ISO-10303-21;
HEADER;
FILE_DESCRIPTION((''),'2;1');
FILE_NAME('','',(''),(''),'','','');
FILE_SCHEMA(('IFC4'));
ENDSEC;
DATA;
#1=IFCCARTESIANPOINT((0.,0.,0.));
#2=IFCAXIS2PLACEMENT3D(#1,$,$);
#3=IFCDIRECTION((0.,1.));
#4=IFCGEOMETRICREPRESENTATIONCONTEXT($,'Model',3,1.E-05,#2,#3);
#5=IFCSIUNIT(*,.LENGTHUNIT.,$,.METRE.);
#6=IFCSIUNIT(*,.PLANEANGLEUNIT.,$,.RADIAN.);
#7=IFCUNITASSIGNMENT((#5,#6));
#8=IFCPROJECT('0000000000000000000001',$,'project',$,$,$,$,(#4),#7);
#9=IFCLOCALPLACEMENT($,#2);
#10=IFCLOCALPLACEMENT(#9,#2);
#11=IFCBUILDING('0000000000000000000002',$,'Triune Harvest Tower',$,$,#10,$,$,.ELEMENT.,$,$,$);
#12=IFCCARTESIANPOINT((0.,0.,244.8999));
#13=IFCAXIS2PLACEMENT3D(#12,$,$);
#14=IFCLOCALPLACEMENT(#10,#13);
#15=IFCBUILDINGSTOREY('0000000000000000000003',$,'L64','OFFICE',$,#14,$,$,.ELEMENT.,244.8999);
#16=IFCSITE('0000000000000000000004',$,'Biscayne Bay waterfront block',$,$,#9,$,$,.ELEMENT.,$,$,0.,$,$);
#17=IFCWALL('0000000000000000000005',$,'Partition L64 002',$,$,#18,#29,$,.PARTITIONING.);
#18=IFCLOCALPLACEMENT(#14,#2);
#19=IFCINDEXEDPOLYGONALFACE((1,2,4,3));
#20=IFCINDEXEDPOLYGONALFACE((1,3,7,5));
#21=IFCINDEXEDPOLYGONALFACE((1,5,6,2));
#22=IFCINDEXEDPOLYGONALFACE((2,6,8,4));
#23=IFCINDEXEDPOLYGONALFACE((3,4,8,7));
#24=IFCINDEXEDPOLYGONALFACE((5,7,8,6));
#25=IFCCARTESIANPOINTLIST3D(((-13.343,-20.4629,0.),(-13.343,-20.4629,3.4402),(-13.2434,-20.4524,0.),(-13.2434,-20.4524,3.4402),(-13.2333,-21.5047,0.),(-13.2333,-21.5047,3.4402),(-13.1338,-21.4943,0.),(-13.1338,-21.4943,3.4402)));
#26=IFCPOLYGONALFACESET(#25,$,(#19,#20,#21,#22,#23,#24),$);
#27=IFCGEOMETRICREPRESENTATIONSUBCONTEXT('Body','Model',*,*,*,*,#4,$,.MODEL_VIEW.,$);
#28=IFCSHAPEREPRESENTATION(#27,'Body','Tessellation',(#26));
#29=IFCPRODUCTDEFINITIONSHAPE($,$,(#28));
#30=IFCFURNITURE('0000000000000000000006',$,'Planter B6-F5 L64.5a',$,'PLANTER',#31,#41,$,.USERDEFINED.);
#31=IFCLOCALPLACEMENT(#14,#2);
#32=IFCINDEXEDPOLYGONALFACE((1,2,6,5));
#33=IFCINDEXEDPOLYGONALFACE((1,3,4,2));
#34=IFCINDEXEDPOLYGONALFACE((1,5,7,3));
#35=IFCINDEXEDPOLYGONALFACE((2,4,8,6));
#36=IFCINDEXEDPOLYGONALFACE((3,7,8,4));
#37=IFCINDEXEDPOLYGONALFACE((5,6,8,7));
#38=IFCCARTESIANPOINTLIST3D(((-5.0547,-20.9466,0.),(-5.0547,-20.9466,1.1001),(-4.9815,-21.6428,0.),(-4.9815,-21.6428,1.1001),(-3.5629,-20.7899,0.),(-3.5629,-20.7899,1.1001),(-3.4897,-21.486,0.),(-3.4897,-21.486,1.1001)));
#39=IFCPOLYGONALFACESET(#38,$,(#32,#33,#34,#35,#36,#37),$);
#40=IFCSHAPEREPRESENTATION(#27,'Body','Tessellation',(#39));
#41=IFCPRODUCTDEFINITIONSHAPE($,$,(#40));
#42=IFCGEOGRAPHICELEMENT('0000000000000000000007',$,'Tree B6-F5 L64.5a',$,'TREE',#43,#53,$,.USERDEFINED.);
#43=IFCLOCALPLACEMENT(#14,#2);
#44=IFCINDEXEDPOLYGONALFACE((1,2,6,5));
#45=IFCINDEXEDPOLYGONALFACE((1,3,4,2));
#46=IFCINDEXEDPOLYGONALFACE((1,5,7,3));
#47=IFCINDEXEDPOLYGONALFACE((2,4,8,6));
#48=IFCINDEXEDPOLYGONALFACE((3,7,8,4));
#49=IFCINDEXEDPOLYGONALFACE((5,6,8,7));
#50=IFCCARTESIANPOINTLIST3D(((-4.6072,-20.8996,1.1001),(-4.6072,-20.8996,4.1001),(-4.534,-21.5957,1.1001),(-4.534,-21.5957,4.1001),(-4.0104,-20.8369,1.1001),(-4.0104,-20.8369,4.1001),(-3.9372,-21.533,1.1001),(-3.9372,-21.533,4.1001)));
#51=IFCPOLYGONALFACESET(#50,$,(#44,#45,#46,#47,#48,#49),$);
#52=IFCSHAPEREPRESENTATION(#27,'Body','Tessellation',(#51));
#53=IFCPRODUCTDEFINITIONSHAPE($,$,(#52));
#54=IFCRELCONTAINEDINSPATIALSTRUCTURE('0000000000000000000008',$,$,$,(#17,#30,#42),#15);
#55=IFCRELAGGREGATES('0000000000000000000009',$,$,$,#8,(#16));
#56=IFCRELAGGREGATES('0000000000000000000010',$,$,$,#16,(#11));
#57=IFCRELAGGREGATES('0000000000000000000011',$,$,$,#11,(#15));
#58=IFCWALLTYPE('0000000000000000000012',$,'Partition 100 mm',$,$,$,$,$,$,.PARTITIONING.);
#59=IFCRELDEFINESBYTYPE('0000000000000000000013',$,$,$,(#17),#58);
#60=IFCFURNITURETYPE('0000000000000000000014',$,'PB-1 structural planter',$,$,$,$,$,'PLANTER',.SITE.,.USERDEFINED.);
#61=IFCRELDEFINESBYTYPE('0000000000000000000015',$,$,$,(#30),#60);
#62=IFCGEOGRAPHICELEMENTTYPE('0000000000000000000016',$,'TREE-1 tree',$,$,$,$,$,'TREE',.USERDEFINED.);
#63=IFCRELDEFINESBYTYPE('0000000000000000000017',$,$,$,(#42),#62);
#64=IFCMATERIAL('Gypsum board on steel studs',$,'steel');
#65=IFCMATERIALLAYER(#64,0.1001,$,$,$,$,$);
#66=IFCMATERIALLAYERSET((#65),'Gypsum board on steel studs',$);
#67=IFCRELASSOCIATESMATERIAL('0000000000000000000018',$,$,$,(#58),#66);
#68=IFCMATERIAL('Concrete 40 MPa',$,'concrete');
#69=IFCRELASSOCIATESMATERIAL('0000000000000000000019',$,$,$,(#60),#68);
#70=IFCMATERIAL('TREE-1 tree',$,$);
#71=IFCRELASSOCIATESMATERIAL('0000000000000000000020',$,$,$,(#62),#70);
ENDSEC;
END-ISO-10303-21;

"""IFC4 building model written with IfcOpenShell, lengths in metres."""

from ifc_helpers import new_model, si_unit, direction, frame, frame_2d, origin, origin_2d, place, context, subcontext, project, spatial, rectangle, extrude, source, transform, mapped, material, layer, layer_set, type_object, element, save


model = new_model("IFC4")

# Units and contexts
model_context = context("Model", 3, precision=1e-05, world=origin(), true_north=direction((0.0, 1.0)))
body_context = subcontext(model_context, "Body", "Model", "MODEL_VIEW")
ifc_project = project(units=[si_unit("LENGTHUNIT", "METRE"), si_unit("PLANEANGLEUNIT", "RADIAN")], contexts=[model_context])

# Site, building, storey
site_placement = place(None, origin())
site = spatial("IfcSite", under=ifc_project, at=site_placement, Name="Biscayne Bay waterfront block", CompositionType="ELEMENT", RefElevation=0.0)
building_placement = place(site_placement, origin())
building = spatial("IfcBuilding", under=site, at=building_placement, Name="Triune Harvest Tower", CompositionType="ELEMENT")
storey_placement = place(building_placement, frame((0.0, 0.0, 244.8999)))
storey = spatial("IfcBuildingStorey", under=building, at=storey_placement, Name="L64", Description="OFFICE", CompositionType="ELEMENT", Elevation=244.8999)

# Wall
ifc_material_1 = material(Name="Gypsum board on steel studs", Category="steel")
ifc_layer_1 = layer(ifc_material_1, 0.1001)
ifc_layer_set_1 = layer_set([ifc_layer_1], Name="Gypsum board on steel studs")
wall_type_1 = type_object("IfcWallType", Name="Partition 100 mm", PredefinedType="PARTITIONING", material=ifc_layer_set_1)
shared_shape_1 = source(origin(), body_context, "Body", "SweptSolid", [
    extrude(rectangle(XDim=1.0476, YDim=0.1001, at=frame_2d((0.5239, 0.0))), origin(), (0.0, 0.0, 1.0), 3.4402),
])
wall_1_placement = place(storey_placement, frame((-13.2932, -20.4575, 0.0), z_axis=(0.0, 0.0, 1.0), x_axis=(0.104648, -0.994509, 0.0)))
element("IfcWall", 1, at=wall_1_placement, inside=storey, type_object=wall_type_1, Name="Partition L64 002", PredefinedType="PARTITIONING", context=body_context, shape_type="MappedRepresentation", body=[
    mapped(shared_shape_1, transform((0.0, 0.0, 0.0), scale=1.0)),
])

# Furniture
ifc_material_2 = material(Name="Concrete 40 MPa", Category="concrete")
furniture_type = type_object("IfcFurnitureType", Name="PB-1 structural planter", ElementType="PLANTER", AssemblyPlace="SITE", PredefinedType="USERDEFINED", material=ifc_material_2)
shared_shape_2 = source(origin(), body_context, "Body", "SweptSolid", [
    extrude(rectangle(XDim=1.5, YDim=0.7, at=origin_2d()), origin(), (0.0, 0.0, 1.0), 1.1001),
])
furniture_placement = place(storey_placement, frame((-4.2722, -21.2163, 0.0), z_axis=(0.0, 0.0, 1.0), x_axis=(0.994522, 0.10453, 0.0)))
element("IfcFurniture", 2, at=furniture_placement, inside=storey, type_object=furniture_type, Name="Planter B6-F5 L64.5a", ObjectType="PLANTER", PredefinedType="USERDEFINED", context=body_context, shape_type="MappedRepresentation", body=[
    mapped(shared_shape_2, transform((0.0, 0.0, 0.0), scale=1.0)),
])

# Geographic element
ifc_material_3 = material(Name="TREE-1 tree")
geographic_element_type = type_object("IfcGeographicElementType", Name="TREE-1 tree", ElementType="TREE", PredefinedType="USERDEFINED", material=ifc_material_3)
shared_shape_3 = source(origin(), body_context, "Body", "SweptSolid", [
    extrude(rectangle(XDim=0.6001, YDim=0.7, at=origin_2d()), origin(), (0.0, 0.0, 1.0), 3.0),
])
geographic_element_placement = place(storey_placement, frame((-4.2722, -21.2163, 1.1001), z_axis=(0.0, 0.0, 1.0), x_axis=(0.994522, 0.10453, 0.0)))
element("IfcGeographicElement", 3, at=geographic_element_placement, inside=storey, type_object=geographic_element_type, Name="Tree B6-F5 L64.5a", ObjectType="TREE", PredefinedType="USERDEFINED", context=body_context, shape_type="MappedRepresentation", body=[
    mapped(shared_shape_3, transform((0.0, 0.0, 0.0), scale=1.0)),
])

save(model, "model.ifc")
